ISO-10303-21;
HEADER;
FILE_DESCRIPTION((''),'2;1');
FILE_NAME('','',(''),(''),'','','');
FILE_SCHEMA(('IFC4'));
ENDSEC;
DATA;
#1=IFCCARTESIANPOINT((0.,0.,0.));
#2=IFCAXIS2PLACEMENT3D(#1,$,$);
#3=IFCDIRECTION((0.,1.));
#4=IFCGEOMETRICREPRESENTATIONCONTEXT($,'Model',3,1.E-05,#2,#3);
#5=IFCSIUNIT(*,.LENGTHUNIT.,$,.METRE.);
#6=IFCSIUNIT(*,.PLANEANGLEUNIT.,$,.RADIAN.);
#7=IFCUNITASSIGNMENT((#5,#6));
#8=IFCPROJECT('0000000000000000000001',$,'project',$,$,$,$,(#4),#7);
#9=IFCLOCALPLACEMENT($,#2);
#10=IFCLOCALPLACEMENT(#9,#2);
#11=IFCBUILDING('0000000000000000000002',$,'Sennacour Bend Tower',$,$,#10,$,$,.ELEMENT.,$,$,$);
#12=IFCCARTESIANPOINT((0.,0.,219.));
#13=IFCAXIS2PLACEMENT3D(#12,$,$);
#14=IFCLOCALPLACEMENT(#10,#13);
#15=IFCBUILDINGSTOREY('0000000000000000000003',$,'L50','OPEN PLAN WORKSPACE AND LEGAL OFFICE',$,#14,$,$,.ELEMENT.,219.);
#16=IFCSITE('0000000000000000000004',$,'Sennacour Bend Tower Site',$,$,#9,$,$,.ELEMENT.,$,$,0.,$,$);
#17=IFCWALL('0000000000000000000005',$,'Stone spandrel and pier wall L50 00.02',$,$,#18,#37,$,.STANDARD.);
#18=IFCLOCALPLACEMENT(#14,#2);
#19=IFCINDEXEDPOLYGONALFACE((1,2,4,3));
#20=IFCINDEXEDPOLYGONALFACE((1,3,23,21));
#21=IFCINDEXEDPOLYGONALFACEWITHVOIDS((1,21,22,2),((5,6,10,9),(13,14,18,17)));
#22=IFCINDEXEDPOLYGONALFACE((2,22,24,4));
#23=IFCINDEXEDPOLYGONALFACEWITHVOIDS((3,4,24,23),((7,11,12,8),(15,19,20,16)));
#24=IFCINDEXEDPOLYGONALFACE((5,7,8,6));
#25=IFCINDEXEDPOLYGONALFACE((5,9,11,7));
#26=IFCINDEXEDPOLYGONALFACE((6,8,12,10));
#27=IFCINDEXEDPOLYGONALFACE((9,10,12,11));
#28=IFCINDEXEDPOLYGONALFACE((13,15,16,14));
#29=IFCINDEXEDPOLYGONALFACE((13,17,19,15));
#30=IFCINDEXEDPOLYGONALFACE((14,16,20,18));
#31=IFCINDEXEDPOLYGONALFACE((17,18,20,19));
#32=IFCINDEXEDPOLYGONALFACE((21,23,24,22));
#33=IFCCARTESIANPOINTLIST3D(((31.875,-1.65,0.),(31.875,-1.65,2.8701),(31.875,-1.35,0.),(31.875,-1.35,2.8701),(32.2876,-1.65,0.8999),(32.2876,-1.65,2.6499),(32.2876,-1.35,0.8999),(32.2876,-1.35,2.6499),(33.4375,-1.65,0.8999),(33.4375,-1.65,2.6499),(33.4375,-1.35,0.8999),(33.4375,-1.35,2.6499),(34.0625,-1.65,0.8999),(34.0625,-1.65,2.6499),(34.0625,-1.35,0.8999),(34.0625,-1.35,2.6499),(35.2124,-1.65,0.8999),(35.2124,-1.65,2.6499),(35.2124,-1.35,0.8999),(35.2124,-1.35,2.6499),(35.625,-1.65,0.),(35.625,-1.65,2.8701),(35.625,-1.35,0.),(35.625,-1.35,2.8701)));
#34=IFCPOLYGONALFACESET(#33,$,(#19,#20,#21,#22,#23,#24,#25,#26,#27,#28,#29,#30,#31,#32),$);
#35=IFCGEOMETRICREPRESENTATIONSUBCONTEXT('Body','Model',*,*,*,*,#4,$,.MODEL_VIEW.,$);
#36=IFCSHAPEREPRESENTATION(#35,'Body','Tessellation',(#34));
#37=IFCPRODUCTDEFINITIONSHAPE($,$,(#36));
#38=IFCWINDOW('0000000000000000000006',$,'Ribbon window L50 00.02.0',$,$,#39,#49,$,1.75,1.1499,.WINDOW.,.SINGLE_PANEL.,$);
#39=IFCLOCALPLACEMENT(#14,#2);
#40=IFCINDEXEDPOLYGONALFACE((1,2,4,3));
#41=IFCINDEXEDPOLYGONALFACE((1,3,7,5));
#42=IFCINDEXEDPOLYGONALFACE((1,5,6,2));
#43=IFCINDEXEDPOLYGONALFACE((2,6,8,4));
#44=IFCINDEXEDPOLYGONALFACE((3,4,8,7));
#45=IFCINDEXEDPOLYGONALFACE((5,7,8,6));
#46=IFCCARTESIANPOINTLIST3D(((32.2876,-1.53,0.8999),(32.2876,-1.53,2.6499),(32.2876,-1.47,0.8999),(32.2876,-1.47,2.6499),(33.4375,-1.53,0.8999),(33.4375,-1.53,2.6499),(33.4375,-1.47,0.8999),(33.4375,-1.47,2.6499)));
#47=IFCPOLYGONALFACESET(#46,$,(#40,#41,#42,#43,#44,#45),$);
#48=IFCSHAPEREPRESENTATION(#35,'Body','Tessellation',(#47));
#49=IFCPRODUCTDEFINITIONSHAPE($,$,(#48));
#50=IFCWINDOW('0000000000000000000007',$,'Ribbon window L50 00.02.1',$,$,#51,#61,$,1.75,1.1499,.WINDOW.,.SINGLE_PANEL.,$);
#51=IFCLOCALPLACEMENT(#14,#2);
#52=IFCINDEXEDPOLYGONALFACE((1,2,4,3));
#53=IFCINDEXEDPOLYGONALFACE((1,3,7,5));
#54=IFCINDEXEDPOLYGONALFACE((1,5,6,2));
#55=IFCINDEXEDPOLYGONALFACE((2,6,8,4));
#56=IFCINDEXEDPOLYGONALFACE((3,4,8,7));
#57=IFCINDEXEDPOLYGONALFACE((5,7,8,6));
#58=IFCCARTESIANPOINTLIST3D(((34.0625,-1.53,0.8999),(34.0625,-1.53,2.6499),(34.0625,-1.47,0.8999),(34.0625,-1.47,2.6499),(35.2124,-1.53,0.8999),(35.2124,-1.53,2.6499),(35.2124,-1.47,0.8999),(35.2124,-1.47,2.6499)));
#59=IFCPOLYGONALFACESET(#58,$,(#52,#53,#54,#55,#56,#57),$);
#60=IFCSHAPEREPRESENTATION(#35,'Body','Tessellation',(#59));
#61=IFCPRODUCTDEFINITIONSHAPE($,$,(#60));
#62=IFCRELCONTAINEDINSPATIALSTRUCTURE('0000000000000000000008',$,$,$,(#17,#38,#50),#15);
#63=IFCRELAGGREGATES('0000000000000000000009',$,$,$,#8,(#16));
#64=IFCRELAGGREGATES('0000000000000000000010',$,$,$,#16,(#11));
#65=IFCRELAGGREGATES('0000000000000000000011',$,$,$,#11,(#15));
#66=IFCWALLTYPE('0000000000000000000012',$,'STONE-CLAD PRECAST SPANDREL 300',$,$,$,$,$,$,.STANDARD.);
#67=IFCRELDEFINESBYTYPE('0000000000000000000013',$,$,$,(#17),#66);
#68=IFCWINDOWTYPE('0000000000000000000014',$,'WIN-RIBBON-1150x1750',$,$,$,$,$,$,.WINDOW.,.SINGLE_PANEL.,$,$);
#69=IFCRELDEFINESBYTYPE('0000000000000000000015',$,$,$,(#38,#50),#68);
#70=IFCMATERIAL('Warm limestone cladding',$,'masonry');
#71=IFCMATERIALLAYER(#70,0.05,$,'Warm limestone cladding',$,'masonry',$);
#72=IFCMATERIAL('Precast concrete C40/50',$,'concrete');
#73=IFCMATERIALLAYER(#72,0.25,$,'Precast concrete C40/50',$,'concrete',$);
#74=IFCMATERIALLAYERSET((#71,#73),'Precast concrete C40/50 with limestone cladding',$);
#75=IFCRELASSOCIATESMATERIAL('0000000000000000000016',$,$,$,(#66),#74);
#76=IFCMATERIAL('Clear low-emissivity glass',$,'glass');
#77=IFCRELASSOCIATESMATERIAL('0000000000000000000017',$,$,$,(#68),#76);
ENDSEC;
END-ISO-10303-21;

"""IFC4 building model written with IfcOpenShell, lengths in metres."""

from ifc_helpers import new_model, si_unit, direction, frame, frame_2d, origin, place, context, subcontext, project, spatial, rectangle, extrude, material, layer, layer_set, type_object, element, fill, save


model = new_model("IFC4")

# Units and contexts
model_context = context("Model", 3, precision=1e-05, world=origin(), true_north=direction((0.0, 1.0)))
body_context = subcontext(model_context, "Body", "Model", "MODEL_VIEW")
ifc_project = project(units=[si_unit("LENGTHUNIT", "METRE"), si_unit("PLANEANGLEUNIT", "RADIAN")], contexts=[model_context])

# Site, building, storey
site_placement = place(None, origin())
site = spatial("IfcSite", under=ifc_project, at=site_placement, Name="Sennacour Bend Tower Site", CompositionType="ELEMENT", RefElevation=0.0)
building_placement = place(site_placement, origin())
building = spatial("IfcBuilding", under=site, at=building_placement, Name="Sennacour Bend Tower", CompositionType="ELEMENT")
storey_placement = place(building_placement, frame((0.0, 0.0, 219.0)))
storey = spatial("IfcBuildingStorey", under=building, at=storey_placement, Name="L50", Description="OPEN PLAN WORKSPACE AND LEGAL OFFICE", CompositionType="ELEMENT", Elevation=219.0)

# Wall, openings, windows
ifc_material_1 = material(Name="Warm limestone cladding", Category="masonry")
ifc_layer_1 = layer(ifc_material_1, 0.05, Name="Warm limestone cladding", Category="masonry")
ifc_material_2 = material(Name="Precast concrete C40/50", Category="concrete")
ifc_layer_2 = layer(ifc_material_2, 0.25, Name="Precast concrete C40/50", Category="concrete")
ifc_layer_set_1 = layer_set([ifc_layer_1, ifc_layer_2], Name="Precast concrete C40/50 with limestone cladding")
wall_type_1 = type_object("IfcWallType", Name="STONE-CLAD PRECAST SPANDREL 300", PredefinedType="STANDARD", material=ifc_layer_set_1)
ifc_material_3 = material(Name="Clear low-emissivity glass", Category="glass")
window_type = type_object("IfcWindowType", Name="WIN-RIBBON-1150x1750", PartitioningType="SINGLE_PANEL", PredefinedType="WINDOW", material=ifc_material_3)
wall_1_placement = place(storey_placement, frame((31.875, -1.5, 0.0), z_axis=(0.0, 0.0, 1.0), x_axis=(1.0, 0.0, 0.0)))
wall_1 = element("IfcWall", 1, at=wall_1_placement, inside=storey, type_object=wall_type_1, Name="Stone spandrel and pier wall L50 00.02", PredefinedType="STANDARD", context=body_context, shape_type="SweptSolid", body=[
    extrude(rectangle(XDim=3.75, YDim=0.3, at=frame_2d((1.875, 0.0))), origin(), (0.0, 0.0, 1.0), 2.8701),
])
opening_1_placement = place(wall_1_placement, frame((0.4126, 0.0, 0.8999)))
opening_1 = element("IfcOpeningElement", 2, at=opening_1_placement, cuts=wall_1, PredefinedType="OPENING", context=body_context, shape_type="SweptSolid", body=[
    extrude(rectangle(XDim=1.1499, YDim=1.75, at=frame_2d((0.575, 0.875))), frame((0.0, 0.1602, 0.0), z_axis=(0.0, -1.0, 0.0), x_axis=(1.0, 0.0, 0.0)), (0.0, 0.0, 1.0), 0.3201),
])
opening_2_placement = place(wall_1_placement, frame((2.1875, 0.0, 0.8999)))
opening_2 = element("IfcOpeningElement", 3, at=opening_2_placement, cuts=wall_1, PredefinedType="OPENING", context=body_context, shape_type="SweptSolid", body=[
    extrude(rectangle(XDim=1.1499, YDim=1.75, at=frame_2d((0.575, 0.875))), frame((0.0, 0.1602, 0.0), z_axis=(0.0, -1.0, 0.0), x_axis=(1.0, 0.0, 0.0)), (0.0, 0.0, 1.0), 0.3201),
])
window_1_placement = place(opening_1_placement, origin())
window_1 = element("IfcWindow", 4, at=window_1_placement, inside=storey, type_object=window_type, Name="Ribbon window L50 00.02.0", OverallHeight=1.75, OverallWidth=1.1499, PartitioningType="SINGLE_PANEL", PredefinedType="WINDOW", context=body_context, shape_type="SweptSolid", body=[
    extrude(rectangle(XDim=1.1499, YDim=1.75, at=frame_2d((0.575, 0.875))), frame((0.0, 0.03, 0.0), z_axis=(0.0, -1.0, 0.0), x_axis=(1.0, 0.0, 0.0)), (0.0, 0.0, 1.0), 0.0601),
])
fill(opening_1, window_1)
window_2_placement = place(opening_2_placement, origin())
window_2 = element("IfcWindow", 5, at=window_2_placement, inside=storey, type_object=window_type, Name="Ribbon window L50 00.02.1", OverallHeight=1.75, OverallWidth=1.1499, PartitioningType="SINGLE_PANEL", PredefinedType="WINDOW", context=body_context, shape_type="SweptSolid", body=[
    extrude(rectangle(XDim=1.1499, YDim=1.75, at=frame_2d((0.575, 0.875))), frame((0.0, 0.03, 0.0), z_axis=(0.0, -1.0, 0.0), x_axis=(1.0, 0.0, 0.0)), (0.0, 0.0, 1.0), 0.0601),
])
fill(opening_2, window_2)

save(model, "model.ifc")
